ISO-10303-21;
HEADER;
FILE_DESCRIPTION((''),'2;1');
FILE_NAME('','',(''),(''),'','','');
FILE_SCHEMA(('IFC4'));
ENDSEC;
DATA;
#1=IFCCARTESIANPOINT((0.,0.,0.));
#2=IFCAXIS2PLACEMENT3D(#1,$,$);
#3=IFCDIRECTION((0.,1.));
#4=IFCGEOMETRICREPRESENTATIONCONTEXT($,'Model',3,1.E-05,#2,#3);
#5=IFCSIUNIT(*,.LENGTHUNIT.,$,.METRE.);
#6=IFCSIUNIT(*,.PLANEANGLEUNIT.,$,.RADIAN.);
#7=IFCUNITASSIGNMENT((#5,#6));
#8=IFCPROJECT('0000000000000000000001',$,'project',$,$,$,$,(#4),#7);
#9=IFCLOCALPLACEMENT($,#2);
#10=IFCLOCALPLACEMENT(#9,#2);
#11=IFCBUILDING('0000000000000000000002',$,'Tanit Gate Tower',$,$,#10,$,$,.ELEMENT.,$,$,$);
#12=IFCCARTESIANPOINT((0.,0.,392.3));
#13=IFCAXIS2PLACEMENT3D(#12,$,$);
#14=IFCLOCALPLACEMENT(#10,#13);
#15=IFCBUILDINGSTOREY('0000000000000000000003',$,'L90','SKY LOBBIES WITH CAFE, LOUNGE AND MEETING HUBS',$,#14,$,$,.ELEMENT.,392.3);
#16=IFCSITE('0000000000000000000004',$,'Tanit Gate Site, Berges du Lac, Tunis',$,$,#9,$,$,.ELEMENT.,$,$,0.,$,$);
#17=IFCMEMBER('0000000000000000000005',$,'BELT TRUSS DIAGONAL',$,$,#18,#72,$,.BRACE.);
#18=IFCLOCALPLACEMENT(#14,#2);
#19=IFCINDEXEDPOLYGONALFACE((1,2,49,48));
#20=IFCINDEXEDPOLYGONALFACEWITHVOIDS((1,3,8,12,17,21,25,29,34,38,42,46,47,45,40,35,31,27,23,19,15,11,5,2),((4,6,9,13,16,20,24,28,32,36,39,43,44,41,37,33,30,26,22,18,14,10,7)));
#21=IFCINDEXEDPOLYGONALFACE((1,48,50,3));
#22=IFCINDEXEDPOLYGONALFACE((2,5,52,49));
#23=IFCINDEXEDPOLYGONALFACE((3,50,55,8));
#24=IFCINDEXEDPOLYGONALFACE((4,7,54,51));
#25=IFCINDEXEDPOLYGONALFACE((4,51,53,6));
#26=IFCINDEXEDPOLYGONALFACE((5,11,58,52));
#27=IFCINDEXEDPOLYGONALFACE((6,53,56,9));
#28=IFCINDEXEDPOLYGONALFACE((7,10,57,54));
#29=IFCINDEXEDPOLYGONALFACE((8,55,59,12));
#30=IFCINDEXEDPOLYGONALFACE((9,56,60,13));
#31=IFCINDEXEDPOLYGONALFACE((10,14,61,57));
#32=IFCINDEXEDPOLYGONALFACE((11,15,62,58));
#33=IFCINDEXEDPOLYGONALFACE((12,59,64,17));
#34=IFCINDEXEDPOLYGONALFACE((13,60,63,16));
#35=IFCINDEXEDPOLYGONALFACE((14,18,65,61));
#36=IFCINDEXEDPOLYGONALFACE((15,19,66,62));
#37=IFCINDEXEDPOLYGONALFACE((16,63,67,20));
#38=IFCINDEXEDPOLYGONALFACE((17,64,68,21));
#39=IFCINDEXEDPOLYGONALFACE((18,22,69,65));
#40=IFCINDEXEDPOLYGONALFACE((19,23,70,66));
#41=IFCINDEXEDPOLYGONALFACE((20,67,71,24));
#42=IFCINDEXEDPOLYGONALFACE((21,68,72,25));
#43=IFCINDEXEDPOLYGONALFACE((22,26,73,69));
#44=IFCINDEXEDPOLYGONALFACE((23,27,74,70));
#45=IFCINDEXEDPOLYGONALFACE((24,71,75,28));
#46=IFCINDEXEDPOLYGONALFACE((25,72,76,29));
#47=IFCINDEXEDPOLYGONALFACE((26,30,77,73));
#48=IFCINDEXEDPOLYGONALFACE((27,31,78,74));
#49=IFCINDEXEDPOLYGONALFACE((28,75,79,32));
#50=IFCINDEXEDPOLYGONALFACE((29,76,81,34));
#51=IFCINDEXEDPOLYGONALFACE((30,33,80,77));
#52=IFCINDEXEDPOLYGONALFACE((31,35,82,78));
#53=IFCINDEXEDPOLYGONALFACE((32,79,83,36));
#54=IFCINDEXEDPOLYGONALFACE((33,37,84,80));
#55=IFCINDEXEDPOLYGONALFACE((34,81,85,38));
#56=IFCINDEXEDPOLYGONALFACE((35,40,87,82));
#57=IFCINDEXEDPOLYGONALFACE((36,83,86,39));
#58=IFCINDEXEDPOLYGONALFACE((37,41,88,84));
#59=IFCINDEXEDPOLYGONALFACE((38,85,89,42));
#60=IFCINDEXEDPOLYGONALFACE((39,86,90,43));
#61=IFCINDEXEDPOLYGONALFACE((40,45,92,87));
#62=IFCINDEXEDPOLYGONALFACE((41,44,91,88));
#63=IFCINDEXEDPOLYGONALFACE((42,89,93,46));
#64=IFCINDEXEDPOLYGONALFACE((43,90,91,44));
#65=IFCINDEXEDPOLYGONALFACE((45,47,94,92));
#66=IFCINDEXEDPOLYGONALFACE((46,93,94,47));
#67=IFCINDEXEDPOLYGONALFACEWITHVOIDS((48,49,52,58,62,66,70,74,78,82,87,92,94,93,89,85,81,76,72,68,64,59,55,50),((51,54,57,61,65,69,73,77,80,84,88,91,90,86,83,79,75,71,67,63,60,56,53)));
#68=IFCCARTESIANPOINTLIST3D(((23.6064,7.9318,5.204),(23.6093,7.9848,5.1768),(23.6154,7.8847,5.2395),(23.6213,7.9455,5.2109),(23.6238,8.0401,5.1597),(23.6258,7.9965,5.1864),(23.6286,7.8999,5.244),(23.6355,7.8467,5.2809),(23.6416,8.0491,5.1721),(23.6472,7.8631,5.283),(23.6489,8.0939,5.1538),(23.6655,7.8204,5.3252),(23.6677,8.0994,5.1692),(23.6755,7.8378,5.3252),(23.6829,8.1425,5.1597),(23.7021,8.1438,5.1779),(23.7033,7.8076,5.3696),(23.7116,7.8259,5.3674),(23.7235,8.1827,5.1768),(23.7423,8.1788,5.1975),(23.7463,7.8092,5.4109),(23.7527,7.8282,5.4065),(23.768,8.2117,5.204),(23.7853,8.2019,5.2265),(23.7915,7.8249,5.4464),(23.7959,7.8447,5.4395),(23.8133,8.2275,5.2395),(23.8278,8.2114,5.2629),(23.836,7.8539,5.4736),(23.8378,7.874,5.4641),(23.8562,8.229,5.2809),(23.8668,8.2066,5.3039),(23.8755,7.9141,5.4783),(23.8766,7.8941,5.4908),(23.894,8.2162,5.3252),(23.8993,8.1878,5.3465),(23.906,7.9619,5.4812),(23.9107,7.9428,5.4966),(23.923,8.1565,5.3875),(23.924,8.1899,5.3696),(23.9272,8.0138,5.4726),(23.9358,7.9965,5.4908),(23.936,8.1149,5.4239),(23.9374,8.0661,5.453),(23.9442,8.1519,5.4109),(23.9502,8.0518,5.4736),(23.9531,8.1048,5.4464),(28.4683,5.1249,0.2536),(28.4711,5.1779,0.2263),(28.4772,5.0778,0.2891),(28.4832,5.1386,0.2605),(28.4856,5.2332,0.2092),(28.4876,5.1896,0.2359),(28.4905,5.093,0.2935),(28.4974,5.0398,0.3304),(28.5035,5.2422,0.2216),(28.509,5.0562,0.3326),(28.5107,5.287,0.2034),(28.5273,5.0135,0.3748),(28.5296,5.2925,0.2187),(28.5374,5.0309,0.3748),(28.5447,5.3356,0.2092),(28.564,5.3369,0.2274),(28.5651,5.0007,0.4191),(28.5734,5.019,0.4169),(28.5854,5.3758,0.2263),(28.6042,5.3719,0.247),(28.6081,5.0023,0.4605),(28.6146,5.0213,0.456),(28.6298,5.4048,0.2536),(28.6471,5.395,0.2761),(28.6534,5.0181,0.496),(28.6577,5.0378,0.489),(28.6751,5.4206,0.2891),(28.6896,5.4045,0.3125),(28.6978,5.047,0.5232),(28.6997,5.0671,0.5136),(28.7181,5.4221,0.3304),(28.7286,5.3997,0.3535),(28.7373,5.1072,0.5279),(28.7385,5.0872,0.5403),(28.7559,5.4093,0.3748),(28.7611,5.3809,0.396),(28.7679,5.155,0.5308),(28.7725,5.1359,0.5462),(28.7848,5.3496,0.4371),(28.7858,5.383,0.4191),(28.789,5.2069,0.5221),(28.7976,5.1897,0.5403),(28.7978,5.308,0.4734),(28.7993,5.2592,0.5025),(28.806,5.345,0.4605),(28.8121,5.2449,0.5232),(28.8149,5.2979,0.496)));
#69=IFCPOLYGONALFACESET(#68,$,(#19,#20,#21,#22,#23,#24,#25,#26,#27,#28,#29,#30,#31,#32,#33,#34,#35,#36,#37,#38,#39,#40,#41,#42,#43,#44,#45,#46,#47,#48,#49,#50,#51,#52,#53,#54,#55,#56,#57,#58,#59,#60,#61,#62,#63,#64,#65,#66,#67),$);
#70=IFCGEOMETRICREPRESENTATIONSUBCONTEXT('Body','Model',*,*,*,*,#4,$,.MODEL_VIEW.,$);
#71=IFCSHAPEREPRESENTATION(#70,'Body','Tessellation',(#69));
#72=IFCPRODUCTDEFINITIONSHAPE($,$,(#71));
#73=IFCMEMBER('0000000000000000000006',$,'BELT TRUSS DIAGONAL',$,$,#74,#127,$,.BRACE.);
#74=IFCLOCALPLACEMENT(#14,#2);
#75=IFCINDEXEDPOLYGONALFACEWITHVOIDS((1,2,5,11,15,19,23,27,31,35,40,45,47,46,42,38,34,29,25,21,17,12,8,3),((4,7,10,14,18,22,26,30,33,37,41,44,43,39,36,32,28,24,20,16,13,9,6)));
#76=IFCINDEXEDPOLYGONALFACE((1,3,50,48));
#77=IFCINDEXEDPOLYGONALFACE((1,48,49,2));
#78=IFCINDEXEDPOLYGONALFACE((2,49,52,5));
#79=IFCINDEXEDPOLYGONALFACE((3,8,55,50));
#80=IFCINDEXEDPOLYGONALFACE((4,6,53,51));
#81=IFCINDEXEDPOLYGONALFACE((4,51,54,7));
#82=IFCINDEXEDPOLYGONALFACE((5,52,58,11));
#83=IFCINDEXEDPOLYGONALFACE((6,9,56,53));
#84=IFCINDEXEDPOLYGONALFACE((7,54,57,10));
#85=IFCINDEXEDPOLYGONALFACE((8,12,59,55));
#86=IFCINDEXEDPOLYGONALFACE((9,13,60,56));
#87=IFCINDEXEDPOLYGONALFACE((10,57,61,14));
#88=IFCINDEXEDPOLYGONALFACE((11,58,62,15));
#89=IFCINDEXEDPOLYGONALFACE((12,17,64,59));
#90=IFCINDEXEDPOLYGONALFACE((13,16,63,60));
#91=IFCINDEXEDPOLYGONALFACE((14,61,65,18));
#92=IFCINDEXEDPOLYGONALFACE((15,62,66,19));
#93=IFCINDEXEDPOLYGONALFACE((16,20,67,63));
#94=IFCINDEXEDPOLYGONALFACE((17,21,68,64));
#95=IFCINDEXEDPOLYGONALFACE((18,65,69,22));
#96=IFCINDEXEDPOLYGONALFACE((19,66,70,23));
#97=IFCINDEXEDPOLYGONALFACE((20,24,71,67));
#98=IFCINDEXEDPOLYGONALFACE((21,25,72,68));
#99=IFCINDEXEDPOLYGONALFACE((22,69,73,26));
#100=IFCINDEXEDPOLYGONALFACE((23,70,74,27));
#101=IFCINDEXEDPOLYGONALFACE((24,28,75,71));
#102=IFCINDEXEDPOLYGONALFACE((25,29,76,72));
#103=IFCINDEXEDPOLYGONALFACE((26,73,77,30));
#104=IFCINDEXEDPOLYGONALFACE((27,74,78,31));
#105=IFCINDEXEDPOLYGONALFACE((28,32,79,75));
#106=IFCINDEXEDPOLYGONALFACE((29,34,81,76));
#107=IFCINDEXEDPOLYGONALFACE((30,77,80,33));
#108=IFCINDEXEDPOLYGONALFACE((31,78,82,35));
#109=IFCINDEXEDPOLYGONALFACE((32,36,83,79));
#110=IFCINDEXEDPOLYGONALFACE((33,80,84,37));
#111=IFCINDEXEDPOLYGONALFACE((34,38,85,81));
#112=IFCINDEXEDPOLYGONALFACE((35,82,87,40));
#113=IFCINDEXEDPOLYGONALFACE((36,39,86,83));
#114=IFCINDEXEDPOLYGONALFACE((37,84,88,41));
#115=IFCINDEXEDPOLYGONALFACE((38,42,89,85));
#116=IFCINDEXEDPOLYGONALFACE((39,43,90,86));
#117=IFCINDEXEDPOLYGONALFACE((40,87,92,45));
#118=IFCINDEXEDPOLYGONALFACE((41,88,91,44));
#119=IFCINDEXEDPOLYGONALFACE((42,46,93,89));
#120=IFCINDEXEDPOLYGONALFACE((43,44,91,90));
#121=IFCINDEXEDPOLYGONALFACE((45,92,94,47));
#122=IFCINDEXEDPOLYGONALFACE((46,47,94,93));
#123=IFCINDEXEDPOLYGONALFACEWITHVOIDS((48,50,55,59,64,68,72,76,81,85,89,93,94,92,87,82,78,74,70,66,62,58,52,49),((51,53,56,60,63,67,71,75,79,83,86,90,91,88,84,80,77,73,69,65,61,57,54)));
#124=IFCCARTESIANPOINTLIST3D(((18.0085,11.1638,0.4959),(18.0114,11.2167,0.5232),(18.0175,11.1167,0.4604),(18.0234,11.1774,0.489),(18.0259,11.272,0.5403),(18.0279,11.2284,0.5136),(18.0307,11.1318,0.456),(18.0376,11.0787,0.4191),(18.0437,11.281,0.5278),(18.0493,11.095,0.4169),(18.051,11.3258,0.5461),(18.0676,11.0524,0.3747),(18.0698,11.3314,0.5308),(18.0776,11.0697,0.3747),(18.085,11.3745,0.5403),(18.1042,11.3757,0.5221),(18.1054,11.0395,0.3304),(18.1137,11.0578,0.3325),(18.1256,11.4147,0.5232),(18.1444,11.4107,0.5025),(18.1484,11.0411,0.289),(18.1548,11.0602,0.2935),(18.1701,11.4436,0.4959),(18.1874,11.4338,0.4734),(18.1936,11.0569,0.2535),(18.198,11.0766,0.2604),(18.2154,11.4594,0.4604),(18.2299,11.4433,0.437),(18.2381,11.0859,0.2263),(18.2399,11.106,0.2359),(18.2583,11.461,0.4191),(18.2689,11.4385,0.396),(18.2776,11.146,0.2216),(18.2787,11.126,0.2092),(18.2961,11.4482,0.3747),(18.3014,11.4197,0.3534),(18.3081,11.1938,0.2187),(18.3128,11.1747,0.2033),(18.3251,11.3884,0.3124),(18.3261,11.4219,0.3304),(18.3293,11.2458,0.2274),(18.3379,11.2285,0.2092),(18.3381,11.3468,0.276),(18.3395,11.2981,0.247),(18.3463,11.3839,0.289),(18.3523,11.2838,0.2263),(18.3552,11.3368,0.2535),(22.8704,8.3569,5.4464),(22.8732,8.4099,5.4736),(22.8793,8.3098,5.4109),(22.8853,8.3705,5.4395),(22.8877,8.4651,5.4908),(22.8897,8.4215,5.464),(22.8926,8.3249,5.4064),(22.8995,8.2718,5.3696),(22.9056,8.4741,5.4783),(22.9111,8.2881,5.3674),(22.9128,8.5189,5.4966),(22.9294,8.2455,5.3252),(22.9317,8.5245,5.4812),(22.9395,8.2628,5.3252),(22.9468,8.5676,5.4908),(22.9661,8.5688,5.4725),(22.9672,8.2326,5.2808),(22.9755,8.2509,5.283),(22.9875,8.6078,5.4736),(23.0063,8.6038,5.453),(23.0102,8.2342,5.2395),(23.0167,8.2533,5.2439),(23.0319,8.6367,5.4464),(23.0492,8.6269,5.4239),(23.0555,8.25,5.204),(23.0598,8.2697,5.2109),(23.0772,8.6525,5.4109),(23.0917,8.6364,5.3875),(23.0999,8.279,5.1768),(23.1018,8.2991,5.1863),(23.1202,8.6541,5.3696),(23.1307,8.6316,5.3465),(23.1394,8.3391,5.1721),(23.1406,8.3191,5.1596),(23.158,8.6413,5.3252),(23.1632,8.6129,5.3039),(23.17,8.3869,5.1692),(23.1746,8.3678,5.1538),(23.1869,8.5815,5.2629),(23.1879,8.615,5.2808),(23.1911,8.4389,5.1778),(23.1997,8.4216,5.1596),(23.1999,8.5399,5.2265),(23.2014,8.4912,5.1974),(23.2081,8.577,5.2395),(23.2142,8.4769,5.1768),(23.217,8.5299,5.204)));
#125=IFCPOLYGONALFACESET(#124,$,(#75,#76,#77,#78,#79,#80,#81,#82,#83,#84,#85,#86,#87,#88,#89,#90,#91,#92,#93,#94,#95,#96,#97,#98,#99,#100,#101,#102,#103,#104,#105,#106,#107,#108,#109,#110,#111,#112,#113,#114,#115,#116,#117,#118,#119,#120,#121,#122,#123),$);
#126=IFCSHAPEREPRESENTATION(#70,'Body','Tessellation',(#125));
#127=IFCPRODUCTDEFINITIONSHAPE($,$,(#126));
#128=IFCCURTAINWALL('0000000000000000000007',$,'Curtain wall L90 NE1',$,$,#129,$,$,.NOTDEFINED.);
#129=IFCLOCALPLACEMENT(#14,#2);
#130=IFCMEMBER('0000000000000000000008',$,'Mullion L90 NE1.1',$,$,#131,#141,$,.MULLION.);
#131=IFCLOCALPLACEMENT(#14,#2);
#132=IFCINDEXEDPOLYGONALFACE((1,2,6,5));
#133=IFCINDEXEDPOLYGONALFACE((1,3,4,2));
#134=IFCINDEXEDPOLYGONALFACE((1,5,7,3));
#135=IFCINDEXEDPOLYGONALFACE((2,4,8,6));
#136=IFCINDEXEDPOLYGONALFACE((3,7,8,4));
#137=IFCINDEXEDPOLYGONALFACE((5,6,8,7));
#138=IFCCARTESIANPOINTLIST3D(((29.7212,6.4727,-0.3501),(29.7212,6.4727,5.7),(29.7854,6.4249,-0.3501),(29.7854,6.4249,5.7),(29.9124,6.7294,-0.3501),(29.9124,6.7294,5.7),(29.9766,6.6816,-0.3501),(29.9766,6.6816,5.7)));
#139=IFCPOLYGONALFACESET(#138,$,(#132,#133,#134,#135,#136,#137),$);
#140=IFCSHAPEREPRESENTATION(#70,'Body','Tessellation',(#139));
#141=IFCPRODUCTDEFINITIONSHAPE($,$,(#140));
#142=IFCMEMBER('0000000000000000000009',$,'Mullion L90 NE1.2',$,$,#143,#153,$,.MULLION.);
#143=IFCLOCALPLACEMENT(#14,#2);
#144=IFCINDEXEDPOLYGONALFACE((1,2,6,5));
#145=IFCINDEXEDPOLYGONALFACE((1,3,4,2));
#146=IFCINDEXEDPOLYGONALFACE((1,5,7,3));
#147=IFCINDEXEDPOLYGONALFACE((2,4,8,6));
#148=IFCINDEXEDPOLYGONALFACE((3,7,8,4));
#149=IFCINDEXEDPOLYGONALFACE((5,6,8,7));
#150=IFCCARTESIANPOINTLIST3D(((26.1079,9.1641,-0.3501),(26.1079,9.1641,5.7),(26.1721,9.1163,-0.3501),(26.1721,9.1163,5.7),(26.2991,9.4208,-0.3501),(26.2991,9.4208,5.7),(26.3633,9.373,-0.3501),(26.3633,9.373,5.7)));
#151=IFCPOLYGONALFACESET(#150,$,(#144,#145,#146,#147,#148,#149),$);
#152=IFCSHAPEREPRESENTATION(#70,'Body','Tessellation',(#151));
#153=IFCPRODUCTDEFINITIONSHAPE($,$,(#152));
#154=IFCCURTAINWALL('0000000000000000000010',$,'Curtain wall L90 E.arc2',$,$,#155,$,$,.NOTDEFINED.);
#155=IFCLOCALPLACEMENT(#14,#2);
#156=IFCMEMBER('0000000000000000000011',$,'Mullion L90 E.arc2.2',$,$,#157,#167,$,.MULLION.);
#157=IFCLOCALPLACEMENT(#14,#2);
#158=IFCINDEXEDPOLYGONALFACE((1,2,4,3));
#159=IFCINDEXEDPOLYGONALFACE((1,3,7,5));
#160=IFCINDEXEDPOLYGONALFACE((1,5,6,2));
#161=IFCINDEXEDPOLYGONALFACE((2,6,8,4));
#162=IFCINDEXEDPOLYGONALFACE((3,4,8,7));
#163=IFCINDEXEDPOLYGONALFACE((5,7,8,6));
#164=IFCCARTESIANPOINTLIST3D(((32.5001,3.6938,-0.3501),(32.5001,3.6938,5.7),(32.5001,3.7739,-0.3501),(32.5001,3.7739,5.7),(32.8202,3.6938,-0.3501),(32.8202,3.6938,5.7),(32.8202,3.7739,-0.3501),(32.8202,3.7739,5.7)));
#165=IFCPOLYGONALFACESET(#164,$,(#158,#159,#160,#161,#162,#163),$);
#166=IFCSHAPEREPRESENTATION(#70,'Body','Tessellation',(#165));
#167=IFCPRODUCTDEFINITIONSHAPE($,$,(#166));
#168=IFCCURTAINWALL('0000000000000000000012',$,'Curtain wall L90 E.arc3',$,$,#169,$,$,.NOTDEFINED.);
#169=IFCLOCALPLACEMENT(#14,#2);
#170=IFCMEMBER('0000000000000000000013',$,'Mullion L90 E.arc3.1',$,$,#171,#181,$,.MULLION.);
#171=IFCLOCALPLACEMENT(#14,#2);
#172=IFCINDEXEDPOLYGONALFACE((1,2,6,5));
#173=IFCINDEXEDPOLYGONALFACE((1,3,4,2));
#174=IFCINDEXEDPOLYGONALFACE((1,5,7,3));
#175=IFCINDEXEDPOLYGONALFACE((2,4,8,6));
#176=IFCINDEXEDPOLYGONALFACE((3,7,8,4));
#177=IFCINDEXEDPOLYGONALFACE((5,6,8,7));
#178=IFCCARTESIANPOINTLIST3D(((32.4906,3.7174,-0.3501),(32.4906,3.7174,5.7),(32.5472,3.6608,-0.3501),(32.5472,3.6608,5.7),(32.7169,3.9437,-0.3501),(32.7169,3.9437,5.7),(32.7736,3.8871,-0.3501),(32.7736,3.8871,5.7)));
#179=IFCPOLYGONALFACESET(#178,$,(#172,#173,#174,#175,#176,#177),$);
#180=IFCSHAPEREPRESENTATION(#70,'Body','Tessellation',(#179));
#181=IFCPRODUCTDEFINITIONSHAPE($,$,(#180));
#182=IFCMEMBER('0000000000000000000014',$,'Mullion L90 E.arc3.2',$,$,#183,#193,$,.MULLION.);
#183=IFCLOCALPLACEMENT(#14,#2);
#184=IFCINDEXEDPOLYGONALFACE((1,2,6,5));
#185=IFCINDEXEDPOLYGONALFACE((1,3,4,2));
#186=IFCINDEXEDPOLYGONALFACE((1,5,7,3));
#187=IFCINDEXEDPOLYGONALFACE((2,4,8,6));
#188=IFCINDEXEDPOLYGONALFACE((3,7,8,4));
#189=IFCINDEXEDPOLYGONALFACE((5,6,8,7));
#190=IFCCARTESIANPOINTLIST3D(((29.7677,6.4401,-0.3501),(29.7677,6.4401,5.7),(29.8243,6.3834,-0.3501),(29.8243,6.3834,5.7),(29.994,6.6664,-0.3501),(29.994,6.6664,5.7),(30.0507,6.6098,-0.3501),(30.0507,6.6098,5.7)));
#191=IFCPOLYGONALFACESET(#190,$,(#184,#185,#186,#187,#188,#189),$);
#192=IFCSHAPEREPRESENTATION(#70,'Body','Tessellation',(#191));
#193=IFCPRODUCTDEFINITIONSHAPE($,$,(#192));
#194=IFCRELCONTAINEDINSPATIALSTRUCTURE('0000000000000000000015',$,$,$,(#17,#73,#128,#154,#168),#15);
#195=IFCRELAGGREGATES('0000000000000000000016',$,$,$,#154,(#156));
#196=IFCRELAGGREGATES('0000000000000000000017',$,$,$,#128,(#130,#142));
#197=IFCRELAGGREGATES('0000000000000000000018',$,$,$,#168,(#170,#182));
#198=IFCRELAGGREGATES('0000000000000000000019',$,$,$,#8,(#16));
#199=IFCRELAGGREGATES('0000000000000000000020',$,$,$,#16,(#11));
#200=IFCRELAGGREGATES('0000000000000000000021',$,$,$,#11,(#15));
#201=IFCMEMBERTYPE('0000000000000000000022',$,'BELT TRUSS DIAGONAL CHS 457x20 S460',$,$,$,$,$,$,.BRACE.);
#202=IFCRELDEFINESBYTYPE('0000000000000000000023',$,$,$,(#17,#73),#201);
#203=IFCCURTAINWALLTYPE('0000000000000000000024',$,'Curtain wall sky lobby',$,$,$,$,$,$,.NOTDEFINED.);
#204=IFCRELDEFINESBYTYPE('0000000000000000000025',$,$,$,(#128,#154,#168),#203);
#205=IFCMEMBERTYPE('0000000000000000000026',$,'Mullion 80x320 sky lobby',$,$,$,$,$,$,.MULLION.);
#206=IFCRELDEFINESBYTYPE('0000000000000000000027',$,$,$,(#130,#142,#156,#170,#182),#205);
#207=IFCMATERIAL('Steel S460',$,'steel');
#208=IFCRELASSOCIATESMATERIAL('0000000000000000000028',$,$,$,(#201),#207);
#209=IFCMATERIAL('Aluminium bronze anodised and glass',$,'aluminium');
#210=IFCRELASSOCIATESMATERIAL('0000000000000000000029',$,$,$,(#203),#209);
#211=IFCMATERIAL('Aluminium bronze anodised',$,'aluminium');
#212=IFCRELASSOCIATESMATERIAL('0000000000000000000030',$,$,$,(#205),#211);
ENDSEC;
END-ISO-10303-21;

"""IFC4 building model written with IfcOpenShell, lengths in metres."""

from ifc_helpers import new_model, si_unit, direction, frame, origin, origin_2d, place, context, subcontext, project, spatial, rectangle, hollow_circle, extrude, material, material_profile, profile_set, type_object, element, aggregate, save


model = new_model("IFC4")

# Units and contexts
model_context = context("Model", 3, precision=1e-05, world=origin(), true_north=direction((0.0, 1.0)))
body_context = subcontext(model_context, "Body", "Model", "MODEL_VIEW")
ifc_project = project(units=[si_unit("LENGTHUNIT", "METRE"), si_unit("PLANEANGLEUNIT", "RADIAN")], contexts=[model_context])

# Site, building, storey
site_placement = place(None, origin())
site = spatial("IfcSite", under=ifc_project, at=site_placement, Name="Tanit Gate Site, Berges du Lac, Tunis", CompositionType="ELEMENT", RefElevation=0.0)
building_placement = place(site_placement, origin())
building = spatial("IfcBuilding", under=site, at=building_placement, Name="Tanit Gate Tower", CompositionType="ELEMENT")
storey_placement = place(building_placement, frame((0.0, 0.0, 392.3)))
storey = spatial("IfcBuildingStorey", under=building, at=storey_placement, Name="L90", Description="SKY LOBBIES WITH CAFE, LOUNGE AND MEETING HUBS", CompositionType="ELEMENT", Elevation=392.3)

# Members
ifc_material_1 = material(Name="Steel S460", Category="steel")
ifc_material_profile_1 = material_profile(ifc_material_1, hollow_circle(Radius=0.2285, WallThickness=0.02, at=origin_2d()), Name="CHS 457x20")
ifc_profile_set_1 = profile_set([ifc_material_profile_1], Name="Steel S460")
member_type_1 = type_object("IfcMemberType", Name="BELT TRUSS DIAGONAL CHS 457x20 S460", PredefinedType="BRACE", material=ifc_profile_set_1)
for number, where, z_axis, x_axis, name in (
    (1, (28.6416, 5.2114, 0.3748), (-0.649556, 0.37501, 0.661396), (-0.499988, -0.866032, 0.0), "BELT TRUSS DIAGONAL"),
    (2, (23.0437, 8.4434, 5.3252), (-0.649556, 0.37501, -0.661396), (-0.499988, -0.866032, 0.0), "BELT TRUSS DIAGONAL"),
):
    element("IfcMember", number, at=place(storey_placement, frame(where, z_axis=z_axis, x_axis=x_axis)), inside=storey, type_object=member_type_1, Name=name, PredefinedType="BRACE", context=body_context, shape_type="SweptSolid", body=[
        extrude(hollow_circle(Radius=0.2285, WallThickness=0.02, at=origin_2d()), origin(), (0.0, 0.0, 1.0), 7.4849),
    ])

# Curtain wall, members
ifc_material_2 = material(Name="Aluminium bronze anodised and glass", Category="aluminium")
curtain_wall_type = type_object("IfcCurtainWallType", Name="Curtain wall sky lobby", PredefinedType="NOTDEFINED", material=ifc_material_2)
curtain_wall_1_placement = place(storey_placement, origin())
curtain_wall_1 = element("IfcCurtainWall", 3, at=curtain_wall_1_placement, inside=storey, type_object=curtain_wall_type, Name="Curtain wall L90 NE1", PredefinedType="NOTDEFINED")
ifc_material_3 = material(Name="Aluminium bronze anodised", Category="aluminium")
ifc_material_profile_2 = material_profile(ifc_material_3, rectangle(XDim=0.3201, YDim=0.0801, at=origin_2d()), Name="80x320 bronze mullion")
ifc_profile_set_2 = profile_set([ifc_material_profile_2], Name="Aluminium bronze anodised")
member_type_2 = type_object("IfcMemberType", Name="Mullion 80x320 sky lobby", PredefinedType="MULLION", material=ifc_profile_set_2)
member_1_placement = place(storey_placement, frame((29.8489, 6.5771, -0.3501), z_axis=(0.0, 0.0, 1.0), x_axis=(-0.597341, -0.801988, 0.0)))
member_1 = element("IfcMember", 4, at=member_1_placement, type_object=member_type_2, Name="Mullion L90 NE1.1", PredefinedType="MULLION", context=body_context, shape_type="SweptSolid", body=[
    extrude(rectangle(XDim=0.3201, YDim=0.0801, at=origin_2d()), origin(), (0.0, 0.0, 1.0), 6.05),
])
member_2_placement = place(storey_placement, frame((26.2356, 9.2686, -0.3501), z_axis=(0.0, 0.0, 1.0), x_axis=(-0.597341, -0.801988, 0.0)))
member_2 = element("IfcMember", 5, at=member_2_placement, type_object=member_type_2, Name="Mullion L90 NE1.2", PredefinedType="MULLION", context=body_context, shape_type="SweptSolid", body=[
    extrude(rectangle(XDim=0.3201, YDim=0.0801, at=origin_2d()), origin(), (0.0, 0.0, 1.0), 6.05),
])

# Curtain wall, member
curtain_wall_2_placement = place(storey_placement, origin())
curtain_wall_2 = element("IfcCurtainWall", 6, at=curtain_wall_2_placement, inside=storey, type_object=curtain_wall_type, Name="Curtain wall L90 E.arc2", PredefinedType="NOTDEFINED")
member_3_placement = place(storey_placement, frame((32.6602, 3.7339, -0.3501), z_axis=(0.0, 0.0, 1.0), x_axis=(-1.0, 0.0, 0.0)))
member_3 = element("IfcMember", 7, at=member_3_placement, type_object=member_type_2, Name="Mullion L90 E.arc2.2", PredefinedType="MULLION", context=body_context, shape_type="SweptSolid", body=[
    extrude(rectangle(XDim=0.3201, YDim=0.0801, at=origin_2d()), origin(), (0.0, 0.0, 1.0), 6.05),
])
aggregate(curtain_wall_2, [member_3])

# Curtain wall, members
curtain_wall_3_placement = place(storey_placement, origin())
curtain_wall_3 = element("IfcCurtainWall", 8, at=curtain_wall_3_placement, inside=storey, type_object=curtain_wall_type, Name="Curtain wall L90 E.arc3", PredefinedType="NOTDEFINED")
member_4_placement = place(storey_placement, frame((32.6321, 3.8022, -0.3501), z_axis=(0.0, 0.0, 1.0), x_axis=(-0.707107, -0.707107, 0.0)))
member_4 = element("IfcMember", 9, at=member_4_placement, type_object=member_type_2, Name="Mullion L90 E.arc3.1", PredefinedType="MULLION", context=body_context, shape_type="SweptSolid", body=[
    extrude(rectangle(XDim=0.3201, YDim=0.0801, at=origin_2d()), origin(), (0.0, 0.0, 1.0), 6.05),
])
member_5_placement = place(storey_placement, frame((29.9092, 6.5249, -0.3501), z_axis=(0.0, 0.0, 1.0), x_axis=(-0.707107, -0.707107, 0.0)))
member_5 = element("IfcMember", 10, at=member_5_placement, type_object=member_type_2, Name="Mullion L90 E.arc3.2", PredefinedType="MULLION", context=body_context, shape_type="SweptSolid", body=[
    extrude(rectangle(XDim=0.3201, YDim=0.0801, at=origin_2d()), origin(), (0.0, 0.0, 1.0), 6.05),
])

aggregate(curtain_wall_1, [member_1, member_2])
aggregate(curtain_wall_3, [member_4, member_5])

save(model, "model.ifc")
